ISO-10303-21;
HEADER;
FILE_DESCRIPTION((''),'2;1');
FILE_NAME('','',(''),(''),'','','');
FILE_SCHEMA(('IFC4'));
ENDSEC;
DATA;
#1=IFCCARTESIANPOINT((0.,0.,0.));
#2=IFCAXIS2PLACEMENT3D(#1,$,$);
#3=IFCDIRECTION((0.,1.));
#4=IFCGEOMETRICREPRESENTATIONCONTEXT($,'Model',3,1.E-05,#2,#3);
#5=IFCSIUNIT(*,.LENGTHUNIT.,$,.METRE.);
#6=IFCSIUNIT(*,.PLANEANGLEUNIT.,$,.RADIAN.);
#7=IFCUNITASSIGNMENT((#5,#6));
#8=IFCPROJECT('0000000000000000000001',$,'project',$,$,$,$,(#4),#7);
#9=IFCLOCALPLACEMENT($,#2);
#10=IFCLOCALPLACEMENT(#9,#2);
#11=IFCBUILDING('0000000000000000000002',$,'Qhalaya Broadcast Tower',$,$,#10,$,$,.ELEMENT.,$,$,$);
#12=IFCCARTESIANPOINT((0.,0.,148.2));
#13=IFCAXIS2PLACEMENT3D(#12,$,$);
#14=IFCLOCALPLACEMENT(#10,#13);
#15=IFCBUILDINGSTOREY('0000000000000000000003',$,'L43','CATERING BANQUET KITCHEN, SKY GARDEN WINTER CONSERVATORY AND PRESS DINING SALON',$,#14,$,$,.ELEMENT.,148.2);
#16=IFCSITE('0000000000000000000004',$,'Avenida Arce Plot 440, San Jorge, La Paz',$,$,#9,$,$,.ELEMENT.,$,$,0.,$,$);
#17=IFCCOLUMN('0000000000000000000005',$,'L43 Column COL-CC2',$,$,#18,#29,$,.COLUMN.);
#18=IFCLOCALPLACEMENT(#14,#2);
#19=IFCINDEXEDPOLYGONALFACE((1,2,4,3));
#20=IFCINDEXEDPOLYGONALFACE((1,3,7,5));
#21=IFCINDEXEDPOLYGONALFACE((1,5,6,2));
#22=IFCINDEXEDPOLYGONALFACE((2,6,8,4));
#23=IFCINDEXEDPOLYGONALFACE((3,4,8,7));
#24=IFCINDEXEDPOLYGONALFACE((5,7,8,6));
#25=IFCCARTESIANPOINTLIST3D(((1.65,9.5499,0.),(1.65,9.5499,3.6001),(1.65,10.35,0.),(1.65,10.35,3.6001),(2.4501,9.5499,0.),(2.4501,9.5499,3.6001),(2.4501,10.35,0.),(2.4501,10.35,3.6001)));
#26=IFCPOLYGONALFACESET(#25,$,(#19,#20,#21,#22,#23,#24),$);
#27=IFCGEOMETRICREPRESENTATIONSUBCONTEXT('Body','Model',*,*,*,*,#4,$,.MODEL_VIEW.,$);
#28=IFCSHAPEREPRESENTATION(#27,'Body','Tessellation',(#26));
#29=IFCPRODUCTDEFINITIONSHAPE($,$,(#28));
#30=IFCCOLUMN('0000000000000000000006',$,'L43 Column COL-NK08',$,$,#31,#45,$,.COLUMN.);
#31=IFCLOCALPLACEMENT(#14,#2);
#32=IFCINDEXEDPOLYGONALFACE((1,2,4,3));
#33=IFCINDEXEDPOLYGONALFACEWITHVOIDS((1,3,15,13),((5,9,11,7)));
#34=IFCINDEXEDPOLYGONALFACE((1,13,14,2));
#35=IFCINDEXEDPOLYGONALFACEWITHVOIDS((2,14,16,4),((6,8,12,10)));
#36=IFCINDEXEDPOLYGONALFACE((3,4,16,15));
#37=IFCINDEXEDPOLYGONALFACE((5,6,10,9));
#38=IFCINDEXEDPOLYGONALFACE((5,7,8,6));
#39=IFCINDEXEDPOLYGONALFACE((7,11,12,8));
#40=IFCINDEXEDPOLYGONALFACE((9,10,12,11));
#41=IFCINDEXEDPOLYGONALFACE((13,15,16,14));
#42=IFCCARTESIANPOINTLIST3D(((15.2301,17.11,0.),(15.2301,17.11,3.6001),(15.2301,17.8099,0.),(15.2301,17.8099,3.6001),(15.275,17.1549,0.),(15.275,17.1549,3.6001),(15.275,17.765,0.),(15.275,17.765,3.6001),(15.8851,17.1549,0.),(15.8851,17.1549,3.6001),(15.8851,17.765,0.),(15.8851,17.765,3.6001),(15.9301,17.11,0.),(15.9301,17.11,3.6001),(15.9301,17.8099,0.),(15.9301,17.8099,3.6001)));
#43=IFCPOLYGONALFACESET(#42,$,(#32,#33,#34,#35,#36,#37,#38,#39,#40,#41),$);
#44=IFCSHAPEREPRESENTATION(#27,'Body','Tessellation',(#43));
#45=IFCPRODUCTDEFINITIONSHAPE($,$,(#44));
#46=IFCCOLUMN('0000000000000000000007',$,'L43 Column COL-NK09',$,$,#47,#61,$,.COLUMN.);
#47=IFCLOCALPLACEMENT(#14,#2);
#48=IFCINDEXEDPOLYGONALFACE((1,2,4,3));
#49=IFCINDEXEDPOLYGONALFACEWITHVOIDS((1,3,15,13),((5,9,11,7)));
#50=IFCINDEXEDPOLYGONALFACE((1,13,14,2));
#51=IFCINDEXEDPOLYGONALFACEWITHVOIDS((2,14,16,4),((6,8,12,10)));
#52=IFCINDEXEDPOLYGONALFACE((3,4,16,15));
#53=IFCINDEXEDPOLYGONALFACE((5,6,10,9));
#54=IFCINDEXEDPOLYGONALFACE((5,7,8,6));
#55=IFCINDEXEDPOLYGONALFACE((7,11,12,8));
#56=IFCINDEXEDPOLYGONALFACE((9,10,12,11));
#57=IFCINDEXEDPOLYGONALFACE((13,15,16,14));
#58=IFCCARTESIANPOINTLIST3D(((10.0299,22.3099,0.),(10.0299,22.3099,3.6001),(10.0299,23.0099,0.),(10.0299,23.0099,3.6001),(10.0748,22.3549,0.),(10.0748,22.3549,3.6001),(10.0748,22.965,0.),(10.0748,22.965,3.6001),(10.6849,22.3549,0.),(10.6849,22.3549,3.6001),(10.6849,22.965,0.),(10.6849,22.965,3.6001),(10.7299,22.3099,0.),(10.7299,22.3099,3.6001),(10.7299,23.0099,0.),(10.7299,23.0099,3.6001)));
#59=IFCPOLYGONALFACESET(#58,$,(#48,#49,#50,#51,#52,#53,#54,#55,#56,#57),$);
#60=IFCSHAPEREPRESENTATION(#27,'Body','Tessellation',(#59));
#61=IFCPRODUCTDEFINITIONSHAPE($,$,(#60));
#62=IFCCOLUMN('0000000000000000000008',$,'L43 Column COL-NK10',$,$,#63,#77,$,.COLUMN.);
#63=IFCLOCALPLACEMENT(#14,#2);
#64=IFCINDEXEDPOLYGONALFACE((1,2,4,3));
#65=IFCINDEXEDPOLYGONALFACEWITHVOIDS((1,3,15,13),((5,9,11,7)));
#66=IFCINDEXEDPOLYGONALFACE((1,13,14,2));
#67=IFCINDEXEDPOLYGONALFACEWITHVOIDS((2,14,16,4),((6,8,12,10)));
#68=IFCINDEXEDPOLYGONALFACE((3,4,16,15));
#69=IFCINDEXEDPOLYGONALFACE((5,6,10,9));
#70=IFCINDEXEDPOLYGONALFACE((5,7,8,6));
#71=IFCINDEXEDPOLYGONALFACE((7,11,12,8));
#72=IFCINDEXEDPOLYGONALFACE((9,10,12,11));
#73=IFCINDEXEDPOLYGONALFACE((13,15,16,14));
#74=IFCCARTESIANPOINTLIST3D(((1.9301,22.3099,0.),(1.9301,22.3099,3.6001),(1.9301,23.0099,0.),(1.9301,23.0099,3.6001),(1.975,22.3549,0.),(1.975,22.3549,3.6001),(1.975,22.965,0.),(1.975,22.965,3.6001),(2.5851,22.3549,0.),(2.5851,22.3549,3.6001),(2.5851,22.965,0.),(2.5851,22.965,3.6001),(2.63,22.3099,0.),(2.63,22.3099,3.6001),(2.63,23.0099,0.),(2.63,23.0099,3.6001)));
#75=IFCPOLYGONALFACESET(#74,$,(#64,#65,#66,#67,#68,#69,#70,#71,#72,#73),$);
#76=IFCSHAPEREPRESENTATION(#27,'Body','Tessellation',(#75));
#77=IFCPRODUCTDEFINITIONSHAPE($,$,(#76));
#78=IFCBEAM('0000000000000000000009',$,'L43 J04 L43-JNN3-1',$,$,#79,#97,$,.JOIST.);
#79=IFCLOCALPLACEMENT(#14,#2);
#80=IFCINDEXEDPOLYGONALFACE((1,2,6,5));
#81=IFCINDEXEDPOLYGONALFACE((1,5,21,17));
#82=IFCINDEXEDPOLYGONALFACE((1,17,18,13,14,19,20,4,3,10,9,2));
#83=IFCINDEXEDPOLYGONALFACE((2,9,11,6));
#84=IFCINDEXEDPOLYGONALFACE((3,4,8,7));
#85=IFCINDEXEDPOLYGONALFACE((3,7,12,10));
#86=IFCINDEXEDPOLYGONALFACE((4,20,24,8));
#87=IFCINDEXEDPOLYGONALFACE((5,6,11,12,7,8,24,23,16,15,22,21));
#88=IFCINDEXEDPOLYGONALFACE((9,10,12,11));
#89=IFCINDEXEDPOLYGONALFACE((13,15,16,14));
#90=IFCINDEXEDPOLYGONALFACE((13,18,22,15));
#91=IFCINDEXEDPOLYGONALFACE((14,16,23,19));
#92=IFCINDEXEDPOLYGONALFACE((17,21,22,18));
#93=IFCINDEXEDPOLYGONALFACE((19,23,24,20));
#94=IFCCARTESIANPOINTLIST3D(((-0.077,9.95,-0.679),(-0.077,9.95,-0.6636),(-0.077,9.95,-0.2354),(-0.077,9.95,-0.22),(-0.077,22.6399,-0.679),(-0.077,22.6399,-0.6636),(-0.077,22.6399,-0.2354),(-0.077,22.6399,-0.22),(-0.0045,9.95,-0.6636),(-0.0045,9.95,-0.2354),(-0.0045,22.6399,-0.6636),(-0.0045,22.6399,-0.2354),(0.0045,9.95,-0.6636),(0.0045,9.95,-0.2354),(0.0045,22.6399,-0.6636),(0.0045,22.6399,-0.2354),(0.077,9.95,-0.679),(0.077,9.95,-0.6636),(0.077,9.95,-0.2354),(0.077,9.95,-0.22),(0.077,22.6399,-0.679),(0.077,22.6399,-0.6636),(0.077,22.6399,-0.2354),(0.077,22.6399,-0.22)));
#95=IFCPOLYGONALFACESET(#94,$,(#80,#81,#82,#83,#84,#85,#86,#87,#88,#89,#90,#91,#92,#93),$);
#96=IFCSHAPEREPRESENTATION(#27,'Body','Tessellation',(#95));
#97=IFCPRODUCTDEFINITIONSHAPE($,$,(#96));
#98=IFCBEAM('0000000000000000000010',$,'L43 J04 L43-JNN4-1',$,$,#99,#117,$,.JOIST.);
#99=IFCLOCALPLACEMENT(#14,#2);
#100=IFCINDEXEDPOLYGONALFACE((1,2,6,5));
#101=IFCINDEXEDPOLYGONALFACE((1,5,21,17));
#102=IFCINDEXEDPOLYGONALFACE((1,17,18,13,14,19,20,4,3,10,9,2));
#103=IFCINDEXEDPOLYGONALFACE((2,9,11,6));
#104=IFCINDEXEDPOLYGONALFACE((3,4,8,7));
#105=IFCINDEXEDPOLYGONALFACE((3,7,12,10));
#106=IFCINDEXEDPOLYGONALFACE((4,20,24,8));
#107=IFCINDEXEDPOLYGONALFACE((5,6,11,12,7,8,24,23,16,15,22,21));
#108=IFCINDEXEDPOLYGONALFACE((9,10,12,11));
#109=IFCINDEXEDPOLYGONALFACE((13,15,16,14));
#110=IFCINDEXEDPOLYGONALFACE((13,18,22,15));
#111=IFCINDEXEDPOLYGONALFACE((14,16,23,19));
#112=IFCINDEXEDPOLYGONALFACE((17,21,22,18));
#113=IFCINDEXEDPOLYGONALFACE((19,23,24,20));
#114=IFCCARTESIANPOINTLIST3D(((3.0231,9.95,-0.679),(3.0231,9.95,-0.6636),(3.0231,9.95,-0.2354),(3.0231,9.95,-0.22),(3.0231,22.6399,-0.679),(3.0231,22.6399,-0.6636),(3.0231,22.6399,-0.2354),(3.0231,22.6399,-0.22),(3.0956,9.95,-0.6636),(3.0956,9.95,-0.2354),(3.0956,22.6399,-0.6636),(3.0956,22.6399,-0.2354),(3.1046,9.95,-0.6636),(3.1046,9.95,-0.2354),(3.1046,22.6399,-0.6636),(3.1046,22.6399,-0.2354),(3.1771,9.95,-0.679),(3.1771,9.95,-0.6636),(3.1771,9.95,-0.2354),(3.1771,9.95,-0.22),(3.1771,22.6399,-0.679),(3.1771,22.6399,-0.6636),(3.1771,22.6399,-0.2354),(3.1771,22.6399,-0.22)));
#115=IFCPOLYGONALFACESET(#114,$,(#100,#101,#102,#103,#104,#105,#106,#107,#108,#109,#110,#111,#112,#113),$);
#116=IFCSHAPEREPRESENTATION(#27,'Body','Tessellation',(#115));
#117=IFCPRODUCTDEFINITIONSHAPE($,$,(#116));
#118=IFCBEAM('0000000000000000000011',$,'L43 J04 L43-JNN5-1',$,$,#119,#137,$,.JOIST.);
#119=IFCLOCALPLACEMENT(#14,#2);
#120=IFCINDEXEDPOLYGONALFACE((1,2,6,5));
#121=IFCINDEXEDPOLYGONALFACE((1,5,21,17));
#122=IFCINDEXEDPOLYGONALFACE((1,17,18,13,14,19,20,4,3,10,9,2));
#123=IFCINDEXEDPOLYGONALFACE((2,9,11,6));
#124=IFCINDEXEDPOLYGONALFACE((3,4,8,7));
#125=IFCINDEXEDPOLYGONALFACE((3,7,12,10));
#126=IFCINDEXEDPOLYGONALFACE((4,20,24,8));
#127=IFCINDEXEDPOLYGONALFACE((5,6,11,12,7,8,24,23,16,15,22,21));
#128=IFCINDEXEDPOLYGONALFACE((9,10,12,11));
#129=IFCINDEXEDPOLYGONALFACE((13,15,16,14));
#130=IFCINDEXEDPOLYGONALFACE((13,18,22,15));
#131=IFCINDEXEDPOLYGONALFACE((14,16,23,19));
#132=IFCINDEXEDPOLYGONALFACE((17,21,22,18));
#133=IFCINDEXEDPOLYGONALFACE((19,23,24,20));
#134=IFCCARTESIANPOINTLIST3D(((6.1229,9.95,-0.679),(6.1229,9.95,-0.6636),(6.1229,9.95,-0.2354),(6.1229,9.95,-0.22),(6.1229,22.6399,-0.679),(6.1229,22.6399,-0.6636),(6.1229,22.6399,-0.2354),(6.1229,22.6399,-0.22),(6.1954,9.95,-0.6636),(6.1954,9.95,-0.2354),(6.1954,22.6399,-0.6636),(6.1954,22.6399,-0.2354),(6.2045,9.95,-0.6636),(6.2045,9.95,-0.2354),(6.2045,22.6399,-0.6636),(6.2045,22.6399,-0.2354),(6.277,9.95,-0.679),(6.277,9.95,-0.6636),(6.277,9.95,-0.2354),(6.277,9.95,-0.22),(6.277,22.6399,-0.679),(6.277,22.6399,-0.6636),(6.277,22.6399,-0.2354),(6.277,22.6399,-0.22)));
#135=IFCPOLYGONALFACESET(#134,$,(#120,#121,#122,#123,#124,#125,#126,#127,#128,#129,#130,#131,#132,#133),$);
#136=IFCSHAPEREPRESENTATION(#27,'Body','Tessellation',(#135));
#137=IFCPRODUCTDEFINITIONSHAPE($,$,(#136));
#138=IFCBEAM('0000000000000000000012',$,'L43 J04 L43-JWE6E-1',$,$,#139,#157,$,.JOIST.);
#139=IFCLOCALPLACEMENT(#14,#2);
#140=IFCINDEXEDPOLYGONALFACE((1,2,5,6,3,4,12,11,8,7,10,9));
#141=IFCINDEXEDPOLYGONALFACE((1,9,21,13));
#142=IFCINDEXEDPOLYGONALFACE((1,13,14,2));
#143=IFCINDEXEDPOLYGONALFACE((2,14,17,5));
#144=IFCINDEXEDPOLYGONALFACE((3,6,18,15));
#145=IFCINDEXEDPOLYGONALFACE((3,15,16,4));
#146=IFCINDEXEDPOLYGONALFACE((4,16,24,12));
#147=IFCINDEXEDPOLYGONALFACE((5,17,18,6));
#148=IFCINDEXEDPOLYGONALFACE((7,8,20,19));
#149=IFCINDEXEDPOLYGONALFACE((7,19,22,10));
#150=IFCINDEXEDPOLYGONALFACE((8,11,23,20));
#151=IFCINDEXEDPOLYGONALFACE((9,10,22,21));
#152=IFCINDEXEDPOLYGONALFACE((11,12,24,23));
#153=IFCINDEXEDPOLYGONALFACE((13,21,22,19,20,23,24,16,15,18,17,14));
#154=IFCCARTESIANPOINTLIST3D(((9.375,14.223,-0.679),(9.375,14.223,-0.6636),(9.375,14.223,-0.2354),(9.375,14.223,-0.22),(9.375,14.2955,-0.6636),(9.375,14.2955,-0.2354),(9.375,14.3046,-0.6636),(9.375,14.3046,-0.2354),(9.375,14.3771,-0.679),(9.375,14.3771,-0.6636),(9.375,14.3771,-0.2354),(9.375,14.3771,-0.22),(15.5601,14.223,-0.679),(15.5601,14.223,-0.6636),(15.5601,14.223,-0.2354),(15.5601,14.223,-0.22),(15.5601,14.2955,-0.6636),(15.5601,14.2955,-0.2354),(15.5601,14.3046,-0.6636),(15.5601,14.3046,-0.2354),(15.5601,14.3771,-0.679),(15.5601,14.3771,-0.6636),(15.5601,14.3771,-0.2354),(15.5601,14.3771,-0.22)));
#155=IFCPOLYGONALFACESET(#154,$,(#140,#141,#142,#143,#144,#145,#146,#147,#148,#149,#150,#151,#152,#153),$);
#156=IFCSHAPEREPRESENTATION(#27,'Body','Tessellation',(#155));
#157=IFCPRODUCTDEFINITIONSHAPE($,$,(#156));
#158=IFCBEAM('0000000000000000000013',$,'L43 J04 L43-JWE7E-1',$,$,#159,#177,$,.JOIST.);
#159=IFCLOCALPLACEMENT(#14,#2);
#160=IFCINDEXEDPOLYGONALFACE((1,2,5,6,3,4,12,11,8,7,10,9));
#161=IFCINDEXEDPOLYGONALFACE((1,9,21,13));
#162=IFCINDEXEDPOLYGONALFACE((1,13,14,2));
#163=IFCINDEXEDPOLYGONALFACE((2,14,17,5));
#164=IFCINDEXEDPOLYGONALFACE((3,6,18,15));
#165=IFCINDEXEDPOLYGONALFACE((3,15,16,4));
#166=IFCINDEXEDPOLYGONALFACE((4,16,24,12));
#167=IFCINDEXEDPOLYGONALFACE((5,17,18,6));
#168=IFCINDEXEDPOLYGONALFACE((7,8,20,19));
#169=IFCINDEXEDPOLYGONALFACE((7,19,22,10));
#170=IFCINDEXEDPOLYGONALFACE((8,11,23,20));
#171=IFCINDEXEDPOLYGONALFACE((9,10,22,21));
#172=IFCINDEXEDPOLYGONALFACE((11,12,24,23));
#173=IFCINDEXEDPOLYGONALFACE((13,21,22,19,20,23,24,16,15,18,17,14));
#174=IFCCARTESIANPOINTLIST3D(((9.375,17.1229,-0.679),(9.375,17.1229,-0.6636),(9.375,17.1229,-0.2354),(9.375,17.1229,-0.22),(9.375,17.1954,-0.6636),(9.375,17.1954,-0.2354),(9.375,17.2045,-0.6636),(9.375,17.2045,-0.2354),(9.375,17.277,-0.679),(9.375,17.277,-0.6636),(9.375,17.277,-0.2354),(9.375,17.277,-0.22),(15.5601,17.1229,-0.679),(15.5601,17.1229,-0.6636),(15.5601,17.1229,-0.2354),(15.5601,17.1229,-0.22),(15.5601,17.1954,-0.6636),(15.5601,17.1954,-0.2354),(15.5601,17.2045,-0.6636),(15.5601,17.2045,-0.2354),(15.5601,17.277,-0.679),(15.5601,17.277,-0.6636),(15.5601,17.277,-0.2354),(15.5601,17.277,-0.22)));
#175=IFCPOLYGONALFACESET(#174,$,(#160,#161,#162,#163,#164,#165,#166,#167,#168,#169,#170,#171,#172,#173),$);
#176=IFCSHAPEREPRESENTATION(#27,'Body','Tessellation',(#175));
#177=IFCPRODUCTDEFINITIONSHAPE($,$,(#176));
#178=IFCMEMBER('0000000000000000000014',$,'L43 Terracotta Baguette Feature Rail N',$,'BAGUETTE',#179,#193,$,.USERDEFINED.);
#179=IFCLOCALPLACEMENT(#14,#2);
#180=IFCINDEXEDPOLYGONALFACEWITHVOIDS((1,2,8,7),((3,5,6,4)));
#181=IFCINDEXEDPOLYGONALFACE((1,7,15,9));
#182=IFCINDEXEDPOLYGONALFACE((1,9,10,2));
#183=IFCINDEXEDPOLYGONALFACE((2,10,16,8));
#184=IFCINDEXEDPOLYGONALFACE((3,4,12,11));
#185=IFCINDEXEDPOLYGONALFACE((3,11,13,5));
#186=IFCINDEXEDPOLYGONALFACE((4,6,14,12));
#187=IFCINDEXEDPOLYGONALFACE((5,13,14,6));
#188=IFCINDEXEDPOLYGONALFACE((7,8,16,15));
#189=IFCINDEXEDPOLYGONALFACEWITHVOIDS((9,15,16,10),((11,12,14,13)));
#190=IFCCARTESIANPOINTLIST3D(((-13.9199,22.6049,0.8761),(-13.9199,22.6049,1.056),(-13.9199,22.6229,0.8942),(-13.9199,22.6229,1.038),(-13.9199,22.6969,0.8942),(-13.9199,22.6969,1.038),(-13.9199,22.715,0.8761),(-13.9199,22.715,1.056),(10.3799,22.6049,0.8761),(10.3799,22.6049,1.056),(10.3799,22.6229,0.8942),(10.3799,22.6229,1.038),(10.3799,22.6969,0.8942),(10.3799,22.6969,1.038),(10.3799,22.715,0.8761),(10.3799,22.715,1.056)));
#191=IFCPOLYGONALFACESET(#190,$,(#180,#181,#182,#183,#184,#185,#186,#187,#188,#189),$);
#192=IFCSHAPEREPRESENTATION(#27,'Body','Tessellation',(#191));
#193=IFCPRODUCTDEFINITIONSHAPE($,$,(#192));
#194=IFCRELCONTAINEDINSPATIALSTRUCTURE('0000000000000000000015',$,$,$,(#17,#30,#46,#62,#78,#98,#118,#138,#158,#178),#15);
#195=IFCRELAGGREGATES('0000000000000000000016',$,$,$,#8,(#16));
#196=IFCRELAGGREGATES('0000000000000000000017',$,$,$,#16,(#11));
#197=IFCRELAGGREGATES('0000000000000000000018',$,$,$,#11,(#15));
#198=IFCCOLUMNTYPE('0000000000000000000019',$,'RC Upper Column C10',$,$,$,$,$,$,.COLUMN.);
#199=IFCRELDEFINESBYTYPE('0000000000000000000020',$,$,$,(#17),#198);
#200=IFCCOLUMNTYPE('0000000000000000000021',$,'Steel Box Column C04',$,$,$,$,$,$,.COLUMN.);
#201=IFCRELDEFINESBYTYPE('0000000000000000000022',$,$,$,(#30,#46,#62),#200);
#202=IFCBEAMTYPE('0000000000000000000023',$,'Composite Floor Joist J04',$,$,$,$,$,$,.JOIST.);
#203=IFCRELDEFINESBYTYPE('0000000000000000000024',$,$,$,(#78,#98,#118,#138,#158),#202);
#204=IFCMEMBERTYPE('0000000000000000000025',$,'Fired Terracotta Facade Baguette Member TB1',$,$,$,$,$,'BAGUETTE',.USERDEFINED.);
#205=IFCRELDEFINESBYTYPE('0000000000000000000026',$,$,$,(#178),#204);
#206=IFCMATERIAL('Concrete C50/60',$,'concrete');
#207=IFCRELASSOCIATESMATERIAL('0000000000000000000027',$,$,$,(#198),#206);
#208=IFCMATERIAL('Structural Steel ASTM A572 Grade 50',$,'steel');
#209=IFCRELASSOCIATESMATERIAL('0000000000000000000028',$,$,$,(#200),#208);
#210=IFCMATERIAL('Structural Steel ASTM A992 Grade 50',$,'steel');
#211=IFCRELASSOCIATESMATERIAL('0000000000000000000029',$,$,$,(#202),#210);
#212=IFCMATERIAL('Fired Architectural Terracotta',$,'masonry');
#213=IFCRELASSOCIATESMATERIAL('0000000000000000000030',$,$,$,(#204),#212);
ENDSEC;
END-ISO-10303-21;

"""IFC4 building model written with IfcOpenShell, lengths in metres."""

from ifc_helpers import new_model, si_unit, direction, frame, origin, origin_2d, place, context, subcontext, project, spatial, rectangle, hollow_rectangle, i_section, extrude, material, material_profile, profile_set, type_object, element, save


model = new_model("IFC4")

# Units and contexts
model_context = context("Model", 3, precision=1e-05, world=origin(), true_north=direction((0.0, 1.0)))
body_context = subcontext(model_context, "Body", "Model", "MODEL_VIEW")
ifc_project = project(units=[si_unit("LENGTHUNIT", "METRE"), si_unit("PLANEANGLEUNIT", "RADIAN")], contexts=[model_context])

# Site, building, storey
site_placement = place(None, origin())
site = spatial("IfcSite", under=ifc_project, at=site_placement, Name="Avenida Arce Plot 440, San Jorge, La Paz", CompositionType="ELEMENT", RefElevation=0.0)
building_placement = place(site_placement, origin())
building = spatial("IfcBuilding", under=site, at=building_placement, Name="Qhalaya Broadcast Tower", CompositionType="ELEMENT")
storey_placement = place(building_placement, frame((0.0, 0.0, 148.2)))
storey = spatial("IfcBuildingStorey", under=building, at=storey_placement, Name="L43", Description="CATERING BANQUET KITCHEN, SKY GARDEN WINTER CONSERVATORY AND PRESS DINING SALON", CompositionType="ELEMENT", Elevation=148.2)

# Columns
ifc_material_1 = material(Name="Concrete C50/60", Category="concrete")
ifc_material_profile_1 = material_profile(ifc_material_1, rectangle(XDim=0.8, YDim=0.8, at=origin_2d()), Name="RC-COL 800x800")
ifc_profile_set_1 = profile_set([ifc_material_profile_1], Name="Concrete C50/60")
column_type_1 = type_object("IfcColumnType", Name="RC Upper Column C10", PredefinedType="COLUMN", material=ifc_profile_set_1)
column_placement = place(storey_placement, frame((2.05, 9.95, 0.0), z_axis=(0.0, 0.0, 1.0), x_axis=(1.0, 0.0, 0.0)))
element("IfcColumn", 1, at=column_placement, inside=storey, type_object=column_type_1, Name="L43 Column COL-CC2", PredefinedType="COLUMN", context=body_context, shape_type="SweptSolid", body=[
    extrude(rectangle(XDim=0.8, YDim=0.8, at=origin_2d()), origin(), (0.0, 0.0, 1.0), 3.6001),
])
ifc_material_2 = material(Name="Structural Steel ASTM A572 Grade 50", Category="steel")
ifc_material_profile_2 = material_profile(ifc_material_2, hollow_rectangle(XDim=0.7, YDim=0.7, WallThickness=0.0449, at=origin_2d()), Name="BOX 700x700x45")
ifc_profile_set_2 = profile_set([ifc_material_profile_2], Name="Structural Steel ASTM A572 Grade 50")
column_type_2 = type_object("IfcColumnType", Name="Steel Box Column C04", PredefinedType="COLUMN", material=ifc_profile_set_2)
for number, where, z_axis, x_axis, name in (
    (2, (15.5801, 17.46, 0.0), (0.0, 0.0, 1.0), (0.0, 1.0, 0.0), "L43 Column COL-NK08"),
    (3, (10.3799, 22.6599, 0.0), (0.0, 0.0, 1.0), (1.0, 0.0, 0.0), "L43 Column COL-NK09"),
    (4, (2.28, 22.6599, 0.0), (0.0, 0.0, 1.0), (1.0, 0.0, 0.0), "L43 Column COL-NK10"),
):
    element("IfcColumn", number, at=place(storey_placement, frame(where, z_axis=z_axis, x_axis=x_axis)), inside=storey, type_object=column_type_2, Name=name, PredefinedType="COLUMN", context=body_context, shape_type="SweptSolid", body=[
        extrude(hollow_rectangle(XDim=0.7, YDim=0.7, WallThickness=0.0449, at=origin_2d()), origin(), (0.0, 0.0, 1.0), 3.6001),
    ])

# Beams
ifc_material_3 = material(Name="Structural Steel ASTM A992 Grade 50", Category="steel")
ifc_material_profile_3 = material_profile(ifc_material_3, i_section(OverallWidth=0.1541, OverallDepth=0.459, WebThickness=0.009, FlangeThickness=0.0154, at=origin_2d()), Name="W18X46")
ifc_profile_set_3 = profile_set([ifc_material_profile_3], Name="Structural Steel ASTM A992 Grade 50")
beam_type_1 = type_object("IfcBeamType", Name="Composite Floor Joist J04", PredefinedType="JOIST", material=ifc_profile_set_3)
for number, where, z_axis, x_axis, name in (
    (5, (0.0, 9.95, -0.4495), (0.0, 1.0, 0.0), (-1.0, 0.0, 0.0), "L43 J04 L43-JNN3-1"),
    (6, (3.1001, 9.95, -0.4495), (0.0, 1.0, 0.0), (-1.0, 0.0, 0.0), "L43 J04 L43-JNN4-1"),
    (7, (6.2, 9.95, -0.4495), (0.0, 1.0, 0.0), (-1.0, 0.0, 0.0), "L43 J04 L43-JNN5-1"),
):
    element("IfcBeam", number, at=place(storey_placement, frame(where, z_axis=z_axis, x_axis=x_axis)), inside=storey, type_object=beam_type_1, Name=name, PredefinedType="JOIST", context=body_context, shape_type="SweptSolid", body=[
        extrude(i_section(OverallWidth=0.1541, OverallDepth=0.459, WebThickness=0.009, FlangeThickness=0.0154, at=origin_2d()), origin(), (0.0, 0.0, 1.0), 12.6899),
    ])
for number, where, z_axis, x_axis, name in (
    (8, (9.375, 14.3, -0.4495), (1.0, 0.0, 0.0), (0.0, 1.0, 0.0), "L43 J04 L43-JWE6E-1"),
    (9, (9.375, 17.2, -0.4495), (1.0, 0.0, 0.0), (0.0, 1.0, 0.0), "L43 J04 L43-JWE7E-1"),
):
    element("IfcBeam", number, at=place(storey_placement, frame(where, z_axis=z_axis, x_axis=x_axis)), inside=storey, type_object=beam_type_1, Name=name, PredefinedType="JOIST", context=body_context, shape_type="SweptSolid", body=[
        extrude(i_section(OverallWidth=0.1541, OverallDepth=0.459, WebThickness=0.009, FlangeThickness=0.0154, at=origin_2d()), origin(), (0.0, 0.0, 1.0), 6.1851),
    ])

# Member
ifc_material_4 = material(Name="Fired Architectural Terracotta", Category="masonry")
ifc_material_profile_4 = material_profile(ifc_material_4, hollow_rectangle(XDim=0.1101, YDim=0.1799, WallThickness=0.0181, at=origin_2d()), Name="TB-BAG 110x180x18")
ifc_profile_set_4 = profile_set([ifc_material_profile_4], Name="Fired Architectural Terracotta")
member_type_1 = type_object("IfcMemberType", Name="Fired Terracotta Facade Baguette Member TB1", ElementType="BAGUETTE", PredefinedType="USERDEFINED", material=ifc_profile_set_4)
member_1_placement = place(storey_placement, frame((10.3799, 22.6599, 0.9661), z_axis=(-1.0, 0.0, 0.0), x_axis=(0.0, -1.0, 0.0)))
element("IfcMember", 10, at=member_1_placement, inside=storey, type_object=member_type_1, Name="L43 Terracotta Baguette Feature Rail N", ObjectType="BAGUETTE", PredefinedType="USERDEFINED", context=body_context, shape_type="SweptSolid", body=[
    extrude(hollow_rectangle(XDim=0.1101, YDim=0.1799, WallThickness=0.0181, at=origin_2d()), origin(), (0.0, 0.0, 1.0), 24.2998),
])

save(model, "model.ifc")
